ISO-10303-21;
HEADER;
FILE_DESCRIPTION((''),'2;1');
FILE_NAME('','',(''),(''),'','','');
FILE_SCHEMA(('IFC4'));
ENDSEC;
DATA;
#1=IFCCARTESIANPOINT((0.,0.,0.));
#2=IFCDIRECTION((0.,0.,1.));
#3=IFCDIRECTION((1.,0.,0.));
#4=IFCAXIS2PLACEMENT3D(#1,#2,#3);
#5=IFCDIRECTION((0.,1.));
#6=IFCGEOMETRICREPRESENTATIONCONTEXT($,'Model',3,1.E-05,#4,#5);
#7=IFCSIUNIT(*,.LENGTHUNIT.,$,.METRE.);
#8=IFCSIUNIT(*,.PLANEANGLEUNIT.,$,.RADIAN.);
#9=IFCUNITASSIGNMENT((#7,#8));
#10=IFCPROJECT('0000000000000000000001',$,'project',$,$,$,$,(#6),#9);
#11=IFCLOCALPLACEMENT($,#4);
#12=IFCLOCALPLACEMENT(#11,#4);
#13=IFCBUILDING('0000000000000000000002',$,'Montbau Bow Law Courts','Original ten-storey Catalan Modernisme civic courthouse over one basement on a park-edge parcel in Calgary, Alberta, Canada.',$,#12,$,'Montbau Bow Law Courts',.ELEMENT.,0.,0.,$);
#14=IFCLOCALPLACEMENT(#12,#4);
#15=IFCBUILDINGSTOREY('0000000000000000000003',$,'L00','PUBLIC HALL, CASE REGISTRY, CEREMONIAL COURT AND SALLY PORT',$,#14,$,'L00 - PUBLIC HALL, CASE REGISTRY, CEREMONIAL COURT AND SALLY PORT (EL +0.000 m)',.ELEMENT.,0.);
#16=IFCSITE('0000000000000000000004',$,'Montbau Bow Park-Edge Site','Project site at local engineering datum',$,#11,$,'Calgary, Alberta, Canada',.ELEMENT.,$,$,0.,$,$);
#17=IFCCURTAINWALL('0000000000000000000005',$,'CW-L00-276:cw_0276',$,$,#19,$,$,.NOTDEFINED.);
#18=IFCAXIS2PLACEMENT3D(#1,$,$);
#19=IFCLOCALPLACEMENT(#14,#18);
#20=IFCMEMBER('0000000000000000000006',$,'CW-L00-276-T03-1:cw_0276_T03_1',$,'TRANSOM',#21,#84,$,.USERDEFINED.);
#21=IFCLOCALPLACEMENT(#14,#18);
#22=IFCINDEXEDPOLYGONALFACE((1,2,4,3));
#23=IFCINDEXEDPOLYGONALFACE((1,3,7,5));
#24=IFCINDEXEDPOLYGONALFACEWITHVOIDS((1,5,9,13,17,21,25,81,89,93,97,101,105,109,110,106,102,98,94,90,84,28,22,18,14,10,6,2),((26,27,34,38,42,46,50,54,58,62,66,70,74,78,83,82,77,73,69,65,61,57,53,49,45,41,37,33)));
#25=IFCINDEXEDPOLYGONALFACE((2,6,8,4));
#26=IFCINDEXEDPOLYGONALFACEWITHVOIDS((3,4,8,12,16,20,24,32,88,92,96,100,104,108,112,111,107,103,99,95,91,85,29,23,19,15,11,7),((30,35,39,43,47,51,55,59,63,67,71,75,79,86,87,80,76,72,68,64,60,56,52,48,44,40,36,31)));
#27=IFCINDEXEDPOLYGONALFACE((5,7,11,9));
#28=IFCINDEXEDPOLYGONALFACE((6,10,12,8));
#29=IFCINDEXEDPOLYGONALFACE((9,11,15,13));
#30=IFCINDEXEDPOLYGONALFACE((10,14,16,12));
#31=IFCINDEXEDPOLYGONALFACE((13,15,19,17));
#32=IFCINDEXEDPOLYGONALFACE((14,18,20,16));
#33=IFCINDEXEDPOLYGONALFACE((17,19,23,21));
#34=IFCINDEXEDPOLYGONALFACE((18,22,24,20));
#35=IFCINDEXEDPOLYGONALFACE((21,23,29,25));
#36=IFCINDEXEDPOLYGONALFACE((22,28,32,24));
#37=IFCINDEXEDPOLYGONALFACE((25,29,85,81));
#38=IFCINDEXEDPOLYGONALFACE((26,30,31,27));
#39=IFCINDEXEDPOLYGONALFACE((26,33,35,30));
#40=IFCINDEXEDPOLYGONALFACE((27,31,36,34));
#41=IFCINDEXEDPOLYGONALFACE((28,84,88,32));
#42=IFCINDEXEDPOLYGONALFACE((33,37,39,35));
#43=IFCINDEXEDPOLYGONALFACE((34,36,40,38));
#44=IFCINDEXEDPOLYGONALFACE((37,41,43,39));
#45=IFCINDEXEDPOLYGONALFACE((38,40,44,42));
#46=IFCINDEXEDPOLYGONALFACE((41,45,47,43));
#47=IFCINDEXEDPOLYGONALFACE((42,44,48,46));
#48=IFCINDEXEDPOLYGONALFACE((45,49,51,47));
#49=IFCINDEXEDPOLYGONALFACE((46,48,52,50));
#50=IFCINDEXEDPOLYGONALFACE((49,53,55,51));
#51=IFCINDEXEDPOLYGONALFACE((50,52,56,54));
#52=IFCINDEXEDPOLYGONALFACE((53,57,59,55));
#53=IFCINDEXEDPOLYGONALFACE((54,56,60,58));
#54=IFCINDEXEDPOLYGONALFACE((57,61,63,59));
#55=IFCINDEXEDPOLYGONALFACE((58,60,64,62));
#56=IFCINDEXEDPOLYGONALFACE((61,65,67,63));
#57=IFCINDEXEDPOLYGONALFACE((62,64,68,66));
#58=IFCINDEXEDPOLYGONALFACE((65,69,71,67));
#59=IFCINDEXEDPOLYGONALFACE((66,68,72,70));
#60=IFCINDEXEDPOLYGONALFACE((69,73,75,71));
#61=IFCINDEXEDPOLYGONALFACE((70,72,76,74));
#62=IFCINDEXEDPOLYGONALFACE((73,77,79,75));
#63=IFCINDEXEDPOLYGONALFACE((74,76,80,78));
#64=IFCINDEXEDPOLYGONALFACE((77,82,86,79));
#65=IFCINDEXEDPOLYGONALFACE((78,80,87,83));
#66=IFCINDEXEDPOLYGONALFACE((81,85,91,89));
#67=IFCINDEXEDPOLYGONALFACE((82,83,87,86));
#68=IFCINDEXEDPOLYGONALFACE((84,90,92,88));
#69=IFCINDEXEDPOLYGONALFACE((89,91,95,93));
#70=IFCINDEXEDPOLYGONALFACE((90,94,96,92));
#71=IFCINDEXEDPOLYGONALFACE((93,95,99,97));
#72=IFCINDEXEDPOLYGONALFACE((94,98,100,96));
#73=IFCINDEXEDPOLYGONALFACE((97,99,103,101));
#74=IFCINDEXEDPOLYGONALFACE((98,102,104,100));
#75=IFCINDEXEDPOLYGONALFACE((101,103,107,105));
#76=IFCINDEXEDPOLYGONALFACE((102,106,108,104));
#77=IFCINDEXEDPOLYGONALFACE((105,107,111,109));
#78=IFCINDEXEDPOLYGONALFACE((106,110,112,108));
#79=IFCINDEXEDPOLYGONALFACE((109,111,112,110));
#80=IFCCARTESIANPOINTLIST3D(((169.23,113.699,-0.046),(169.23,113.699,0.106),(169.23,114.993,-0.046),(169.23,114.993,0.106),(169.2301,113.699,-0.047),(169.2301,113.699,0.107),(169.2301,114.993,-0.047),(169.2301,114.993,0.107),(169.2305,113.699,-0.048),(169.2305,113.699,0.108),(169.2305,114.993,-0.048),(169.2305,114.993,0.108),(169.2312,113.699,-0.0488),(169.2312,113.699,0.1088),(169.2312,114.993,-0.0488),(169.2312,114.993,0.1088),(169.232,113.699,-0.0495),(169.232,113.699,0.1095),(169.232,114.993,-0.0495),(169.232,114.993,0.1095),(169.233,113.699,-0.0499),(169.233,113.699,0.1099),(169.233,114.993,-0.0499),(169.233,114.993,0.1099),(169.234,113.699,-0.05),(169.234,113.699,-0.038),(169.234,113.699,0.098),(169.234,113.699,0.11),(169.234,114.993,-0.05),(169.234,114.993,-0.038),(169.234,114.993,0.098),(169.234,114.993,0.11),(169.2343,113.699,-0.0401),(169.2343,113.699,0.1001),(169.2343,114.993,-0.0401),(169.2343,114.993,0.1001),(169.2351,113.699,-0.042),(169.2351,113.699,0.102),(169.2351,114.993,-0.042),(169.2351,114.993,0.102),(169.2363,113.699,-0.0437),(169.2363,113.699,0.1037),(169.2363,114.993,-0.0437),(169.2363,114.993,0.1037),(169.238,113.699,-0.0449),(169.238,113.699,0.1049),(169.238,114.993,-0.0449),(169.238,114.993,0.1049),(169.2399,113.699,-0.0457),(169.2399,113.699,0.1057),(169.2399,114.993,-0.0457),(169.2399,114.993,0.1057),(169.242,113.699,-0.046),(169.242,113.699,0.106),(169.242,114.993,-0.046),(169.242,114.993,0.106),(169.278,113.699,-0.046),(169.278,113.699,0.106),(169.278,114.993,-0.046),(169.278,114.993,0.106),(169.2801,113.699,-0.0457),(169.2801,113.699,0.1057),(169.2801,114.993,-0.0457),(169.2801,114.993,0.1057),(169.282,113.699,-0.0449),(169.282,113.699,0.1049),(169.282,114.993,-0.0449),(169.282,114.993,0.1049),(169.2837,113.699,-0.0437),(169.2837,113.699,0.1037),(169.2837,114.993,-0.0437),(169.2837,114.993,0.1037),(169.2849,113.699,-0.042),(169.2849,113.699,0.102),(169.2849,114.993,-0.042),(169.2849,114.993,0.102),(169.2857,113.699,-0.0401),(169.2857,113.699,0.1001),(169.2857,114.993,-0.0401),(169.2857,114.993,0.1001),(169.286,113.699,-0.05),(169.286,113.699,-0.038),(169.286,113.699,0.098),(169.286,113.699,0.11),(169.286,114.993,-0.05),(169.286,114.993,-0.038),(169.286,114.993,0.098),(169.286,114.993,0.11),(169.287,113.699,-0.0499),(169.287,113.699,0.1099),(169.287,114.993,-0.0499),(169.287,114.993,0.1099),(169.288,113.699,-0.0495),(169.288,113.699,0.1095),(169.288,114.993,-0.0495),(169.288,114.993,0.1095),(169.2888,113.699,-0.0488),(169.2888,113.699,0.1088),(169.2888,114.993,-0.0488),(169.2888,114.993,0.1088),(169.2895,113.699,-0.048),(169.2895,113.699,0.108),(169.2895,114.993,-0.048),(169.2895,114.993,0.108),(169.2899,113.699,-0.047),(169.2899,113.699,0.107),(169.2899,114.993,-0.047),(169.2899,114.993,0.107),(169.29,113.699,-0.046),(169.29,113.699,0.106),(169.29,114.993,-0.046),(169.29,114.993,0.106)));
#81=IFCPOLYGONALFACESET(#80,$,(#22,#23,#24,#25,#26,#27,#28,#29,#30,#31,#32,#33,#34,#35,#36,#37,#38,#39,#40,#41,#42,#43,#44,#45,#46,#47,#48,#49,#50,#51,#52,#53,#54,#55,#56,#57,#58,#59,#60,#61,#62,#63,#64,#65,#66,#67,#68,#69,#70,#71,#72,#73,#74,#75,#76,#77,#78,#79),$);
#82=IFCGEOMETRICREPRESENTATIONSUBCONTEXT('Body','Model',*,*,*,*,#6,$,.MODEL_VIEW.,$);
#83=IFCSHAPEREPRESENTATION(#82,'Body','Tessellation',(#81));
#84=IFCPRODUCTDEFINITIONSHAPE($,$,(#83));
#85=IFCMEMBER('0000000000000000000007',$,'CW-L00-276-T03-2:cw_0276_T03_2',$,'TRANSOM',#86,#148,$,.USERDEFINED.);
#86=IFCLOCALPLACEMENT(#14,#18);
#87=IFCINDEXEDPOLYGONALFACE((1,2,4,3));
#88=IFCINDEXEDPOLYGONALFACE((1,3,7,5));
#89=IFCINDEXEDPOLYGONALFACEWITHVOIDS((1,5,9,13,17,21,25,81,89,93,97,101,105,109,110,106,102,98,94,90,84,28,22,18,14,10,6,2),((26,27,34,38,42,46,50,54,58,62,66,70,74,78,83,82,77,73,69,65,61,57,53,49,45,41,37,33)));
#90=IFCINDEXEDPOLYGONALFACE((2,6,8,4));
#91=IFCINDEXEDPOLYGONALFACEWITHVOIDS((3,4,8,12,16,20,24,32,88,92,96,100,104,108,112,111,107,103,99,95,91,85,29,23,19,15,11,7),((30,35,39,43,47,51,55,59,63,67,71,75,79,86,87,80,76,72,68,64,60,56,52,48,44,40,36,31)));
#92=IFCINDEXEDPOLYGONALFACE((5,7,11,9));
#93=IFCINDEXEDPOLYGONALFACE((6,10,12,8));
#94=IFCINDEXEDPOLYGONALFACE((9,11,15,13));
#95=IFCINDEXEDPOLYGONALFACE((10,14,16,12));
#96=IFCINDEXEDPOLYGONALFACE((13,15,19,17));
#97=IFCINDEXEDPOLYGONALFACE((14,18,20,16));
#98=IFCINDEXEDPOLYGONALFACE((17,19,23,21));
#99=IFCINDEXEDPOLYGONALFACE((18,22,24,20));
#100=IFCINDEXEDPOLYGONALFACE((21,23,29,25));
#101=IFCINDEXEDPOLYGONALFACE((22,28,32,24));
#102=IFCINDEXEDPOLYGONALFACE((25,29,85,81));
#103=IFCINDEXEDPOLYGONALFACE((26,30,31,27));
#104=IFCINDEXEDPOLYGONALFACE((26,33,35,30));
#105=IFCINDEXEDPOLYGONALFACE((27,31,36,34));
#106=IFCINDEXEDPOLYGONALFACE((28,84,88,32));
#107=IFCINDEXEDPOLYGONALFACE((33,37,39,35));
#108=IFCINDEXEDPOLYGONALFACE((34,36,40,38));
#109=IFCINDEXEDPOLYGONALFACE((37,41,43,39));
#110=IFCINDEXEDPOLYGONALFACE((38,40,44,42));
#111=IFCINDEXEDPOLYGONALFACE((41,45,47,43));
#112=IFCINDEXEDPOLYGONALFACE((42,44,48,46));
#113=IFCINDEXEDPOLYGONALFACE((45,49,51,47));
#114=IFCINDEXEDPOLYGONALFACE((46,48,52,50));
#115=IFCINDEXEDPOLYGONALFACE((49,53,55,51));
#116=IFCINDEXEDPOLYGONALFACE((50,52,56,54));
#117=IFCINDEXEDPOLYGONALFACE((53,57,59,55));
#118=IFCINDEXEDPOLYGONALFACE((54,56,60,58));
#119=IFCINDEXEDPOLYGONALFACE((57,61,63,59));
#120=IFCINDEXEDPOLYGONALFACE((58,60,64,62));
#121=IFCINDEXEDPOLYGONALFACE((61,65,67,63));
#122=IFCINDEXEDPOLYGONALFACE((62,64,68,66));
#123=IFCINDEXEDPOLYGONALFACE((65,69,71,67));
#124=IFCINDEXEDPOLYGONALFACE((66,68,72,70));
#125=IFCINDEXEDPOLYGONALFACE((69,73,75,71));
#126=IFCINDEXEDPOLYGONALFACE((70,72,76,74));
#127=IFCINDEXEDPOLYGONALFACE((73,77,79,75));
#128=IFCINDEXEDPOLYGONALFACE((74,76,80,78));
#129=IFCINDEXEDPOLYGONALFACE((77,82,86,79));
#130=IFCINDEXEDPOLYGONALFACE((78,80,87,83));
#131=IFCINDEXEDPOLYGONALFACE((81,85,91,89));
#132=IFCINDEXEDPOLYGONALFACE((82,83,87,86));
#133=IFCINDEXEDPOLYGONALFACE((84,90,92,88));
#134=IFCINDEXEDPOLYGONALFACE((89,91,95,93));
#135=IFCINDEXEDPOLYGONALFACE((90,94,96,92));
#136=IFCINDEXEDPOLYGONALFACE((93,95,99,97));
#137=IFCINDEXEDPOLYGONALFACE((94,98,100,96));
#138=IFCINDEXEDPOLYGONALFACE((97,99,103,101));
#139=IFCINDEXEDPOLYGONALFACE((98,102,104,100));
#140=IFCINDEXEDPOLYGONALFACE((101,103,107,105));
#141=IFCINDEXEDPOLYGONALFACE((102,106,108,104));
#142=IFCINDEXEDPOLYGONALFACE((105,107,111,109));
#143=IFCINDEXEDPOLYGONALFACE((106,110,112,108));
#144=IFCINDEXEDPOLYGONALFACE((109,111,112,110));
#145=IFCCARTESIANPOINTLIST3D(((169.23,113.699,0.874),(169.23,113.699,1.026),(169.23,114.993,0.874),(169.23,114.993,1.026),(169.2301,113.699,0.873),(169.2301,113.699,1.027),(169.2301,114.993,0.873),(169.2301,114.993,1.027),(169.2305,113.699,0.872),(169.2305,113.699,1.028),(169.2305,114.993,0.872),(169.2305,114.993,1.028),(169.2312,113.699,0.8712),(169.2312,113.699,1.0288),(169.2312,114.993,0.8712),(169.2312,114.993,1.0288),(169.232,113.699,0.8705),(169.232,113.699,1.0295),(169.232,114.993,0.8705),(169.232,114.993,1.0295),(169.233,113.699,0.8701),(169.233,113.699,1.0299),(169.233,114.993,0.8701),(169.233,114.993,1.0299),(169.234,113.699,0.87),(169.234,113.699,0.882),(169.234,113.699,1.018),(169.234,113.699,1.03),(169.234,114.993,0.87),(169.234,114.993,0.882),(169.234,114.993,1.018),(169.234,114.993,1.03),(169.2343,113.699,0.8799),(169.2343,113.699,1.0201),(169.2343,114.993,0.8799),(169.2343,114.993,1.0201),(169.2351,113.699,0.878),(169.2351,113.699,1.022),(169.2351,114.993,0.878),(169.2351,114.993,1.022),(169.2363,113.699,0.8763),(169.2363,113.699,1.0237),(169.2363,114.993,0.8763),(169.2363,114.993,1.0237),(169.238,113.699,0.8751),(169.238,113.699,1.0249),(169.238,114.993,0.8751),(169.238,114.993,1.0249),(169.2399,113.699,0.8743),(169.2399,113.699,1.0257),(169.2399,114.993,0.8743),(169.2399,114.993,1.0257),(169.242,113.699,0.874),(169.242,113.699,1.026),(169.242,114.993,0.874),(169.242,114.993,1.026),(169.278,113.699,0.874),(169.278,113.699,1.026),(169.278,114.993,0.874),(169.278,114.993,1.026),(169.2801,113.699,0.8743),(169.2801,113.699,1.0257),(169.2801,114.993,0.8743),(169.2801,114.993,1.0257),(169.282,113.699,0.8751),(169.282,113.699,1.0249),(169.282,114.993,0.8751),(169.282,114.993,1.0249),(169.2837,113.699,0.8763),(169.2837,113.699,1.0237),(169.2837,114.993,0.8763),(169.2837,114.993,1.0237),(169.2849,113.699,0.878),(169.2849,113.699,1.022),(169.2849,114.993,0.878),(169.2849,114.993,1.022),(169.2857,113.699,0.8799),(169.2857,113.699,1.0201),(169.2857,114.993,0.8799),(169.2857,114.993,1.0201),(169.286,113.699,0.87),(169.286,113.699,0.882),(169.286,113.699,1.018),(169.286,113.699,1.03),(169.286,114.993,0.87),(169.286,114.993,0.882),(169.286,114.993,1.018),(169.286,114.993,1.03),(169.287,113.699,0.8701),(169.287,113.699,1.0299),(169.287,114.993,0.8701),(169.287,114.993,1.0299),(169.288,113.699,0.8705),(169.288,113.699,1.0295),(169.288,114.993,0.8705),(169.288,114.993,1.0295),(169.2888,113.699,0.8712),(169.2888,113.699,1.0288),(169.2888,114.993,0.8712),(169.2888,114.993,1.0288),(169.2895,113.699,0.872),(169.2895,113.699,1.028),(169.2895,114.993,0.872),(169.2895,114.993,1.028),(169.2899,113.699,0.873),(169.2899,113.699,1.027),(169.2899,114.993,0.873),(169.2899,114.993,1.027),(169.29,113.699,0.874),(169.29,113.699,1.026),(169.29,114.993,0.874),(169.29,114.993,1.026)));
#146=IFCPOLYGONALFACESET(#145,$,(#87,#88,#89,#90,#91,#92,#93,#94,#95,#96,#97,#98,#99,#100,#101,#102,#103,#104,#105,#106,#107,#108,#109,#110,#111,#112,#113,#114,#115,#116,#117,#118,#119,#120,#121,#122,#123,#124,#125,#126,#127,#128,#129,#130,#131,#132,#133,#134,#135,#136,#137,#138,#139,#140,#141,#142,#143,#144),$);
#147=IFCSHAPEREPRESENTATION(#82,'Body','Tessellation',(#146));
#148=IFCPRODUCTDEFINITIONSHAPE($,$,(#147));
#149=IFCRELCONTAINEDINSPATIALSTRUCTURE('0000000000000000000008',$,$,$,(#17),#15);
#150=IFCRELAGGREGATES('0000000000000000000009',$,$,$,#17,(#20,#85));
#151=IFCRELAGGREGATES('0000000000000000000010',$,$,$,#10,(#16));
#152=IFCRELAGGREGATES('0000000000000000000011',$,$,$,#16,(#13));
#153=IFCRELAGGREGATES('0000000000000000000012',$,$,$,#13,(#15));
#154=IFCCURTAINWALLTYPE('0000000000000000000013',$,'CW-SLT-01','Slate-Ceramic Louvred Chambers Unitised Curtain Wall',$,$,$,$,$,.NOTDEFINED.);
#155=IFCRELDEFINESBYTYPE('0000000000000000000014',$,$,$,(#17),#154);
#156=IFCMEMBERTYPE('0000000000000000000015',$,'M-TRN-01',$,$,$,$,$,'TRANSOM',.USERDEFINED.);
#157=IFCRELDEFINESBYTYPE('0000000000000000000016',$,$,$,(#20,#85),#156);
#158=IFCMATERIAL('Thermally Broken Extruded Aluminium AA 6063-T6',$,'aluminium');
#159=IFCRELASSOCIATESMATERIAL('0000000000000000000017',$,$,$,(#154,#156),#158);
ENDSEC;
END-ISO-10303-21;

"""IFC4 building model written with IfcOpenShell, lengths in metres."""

from ifc_helpers import new_model, si_unit, direction, frame, origin_with_axes, origin_2d_with_axis, place, context, subcontext, project, spatial, hollow_rectangle, extrude, material, material_profile, profile_set, type_object, element, aggregate, save


model = new_model("IFC4")

# Units and contexts
model_context = context("Model", 3, precision=1e-05, world=origin_with_axes(), true_north=direction((0.0, 1.0)))
body_context = subcontext(model_context, "Body", "Model", "MODEL_VIEW")
ifc_project = project(units=[si_unit("LENGTHUNIT", "METRE"), si_unit("PLANEANGLEUNIT", "RADIAN")], contexts=[model_context])

# Site, building, storey
site_placement = place(None, origin_with_axes())
site = spatial("IfcSite", under=ifc_project, at=site_placement, Name="Montbau Bow Park-Edge Site", Description="Project site at local engineering datum", LongName="Calgary, Alberta, Canada", CompositionType="ELEMENT", RefElevation=0.0)
building_placement = place(site_placement, origin_with_axes())
building = spatial("IfcBuilding", under=site, at=building_placement, Name="Montbau Bow Law Courts", Description="Original ten-storey Catalan Modernisme civic courthouse over one basement on a park-edge parcel in Calgary, Alberta, Canada.", LongName="Montbau Bow Law Courts", CompositionType="ELEMENT", ElevationOfRefHeight=0.0, ElevationOfTerrain=0.0)
storey_placement = place(building_placement, origin_with_axes())
storey = spatial("IfcBuildingStorey", under=building, at=storey_placement, Name="L00", Description="PUBLIC HALL, CASE REGISTRY, CEREMONIAL COURT AND SALLY PORT", LongName="L00 - PUBLIC HALL, CASE REGISTRY, CEREMONIAL COURT AND SALLY PORT (EL +0.000 m)", CompositionType="ELEMENT", Elevation=0.0)

# Curtain wall, members
ifc_material_1 = material(Name="Thermally Broken Extruded Aluminium AA 6063-T6", Category="aluminium")
curtain_wall_type = type_object("IfcCurtainWallType", Name="CW-SLT-01", Description="Slate-Ceramic Louvred Chambers Unitised Curtain Wall", PredefinedType="NOTDEFINED", material=ifc_material_1)
curtain_wall_placement = place(None, frame((169.26, 110.915, 0.0), z_axis=(0.0, 0.0, 1.0), x_axis=(1.0, 0.0, 0.0)))
curtain_wall = element("IfcCurtainWall", 1, at=curtain_wall_placement, inside=storey, type_object=curtain_wall_type, Name="CW-L00-276:cw_0276", PredefinedType="NOTDEFINED")
ifc_material_profile_1 = material_profile(ifc_material_1, hollow_rectangle(XDim=0.06, YDim=0.16, WallThickness=0.004, InnerFilletRadius=0.008, OuterFilletRadius=0.004, at=origin_2d_with_axis()), Name="CWT-160X60", Category="Main", Priority=0)
ifc_profile_set_1 = profile_set([ifc_material_profile_1], Name="Thermally Broken Extruded Aluminium AA 6063-T6")
member_type_1 = type_object("IfcMemberType", Name="M-TRN-01", ElementType="TRANSOM", PredefinedType="USERDEFINED", material=ifc_profile_set_1)
member_1_placement = place(None, frame((169.26, 113.699, 0.03), z_axis=(0.0, 1.0, 0.0), x_axis=(-1.0, 0.0, 0.0)))
member_1 = element("IfcMember", 2, at=member_1_placement, type_object=member_type_1, Name="CW-L00-276-T03-1:cw_0276_T03_1", ObjectType="TRANSOM", PredefinedType="USERDEFINED", context=body_context, shape_type="SweptSolid", body=[
    extrude(hollow_rectangle(XDim=0.06, YDim=0.16, WallThickness=0.004, InnerFilletRadius=0.008, OuterFilletRadius=0.004, at=origin_2d_with_axis()), origin_with_axes(), (0.0, 0.0, 1.0), 1.294),
])
member_2_placement = place(None, frame((169.26, 113.699, 0.95), z_axis=(0.0, 1.0, 0.0), x_axis=(-1.0, 0.0, 0.0)))
member_2 = element("IfcMember", 3, at=member_2_placement, type_object=member_type_1, Name="CW-L00-276-T03-2:cw_0276_T03_2", ObjectType="TRANSOM", PredefinedType="USERDEFINED", context=body_context, shape_type="SweptSolid", body=[
    extrude(hollow_rectangle(XDim=0.06, YDim=0.16, WallThickness=0.004, InnerFilletRadius=0.008, OuterFilletRadius=0.004, at=origin_2d_with_axis()), origin_with_axes(), (0.0, 0.0, 1.0), 1.294),
])
aggregate(curtain_wall, [member_1, member_2])

save(model, "model.ifc")
